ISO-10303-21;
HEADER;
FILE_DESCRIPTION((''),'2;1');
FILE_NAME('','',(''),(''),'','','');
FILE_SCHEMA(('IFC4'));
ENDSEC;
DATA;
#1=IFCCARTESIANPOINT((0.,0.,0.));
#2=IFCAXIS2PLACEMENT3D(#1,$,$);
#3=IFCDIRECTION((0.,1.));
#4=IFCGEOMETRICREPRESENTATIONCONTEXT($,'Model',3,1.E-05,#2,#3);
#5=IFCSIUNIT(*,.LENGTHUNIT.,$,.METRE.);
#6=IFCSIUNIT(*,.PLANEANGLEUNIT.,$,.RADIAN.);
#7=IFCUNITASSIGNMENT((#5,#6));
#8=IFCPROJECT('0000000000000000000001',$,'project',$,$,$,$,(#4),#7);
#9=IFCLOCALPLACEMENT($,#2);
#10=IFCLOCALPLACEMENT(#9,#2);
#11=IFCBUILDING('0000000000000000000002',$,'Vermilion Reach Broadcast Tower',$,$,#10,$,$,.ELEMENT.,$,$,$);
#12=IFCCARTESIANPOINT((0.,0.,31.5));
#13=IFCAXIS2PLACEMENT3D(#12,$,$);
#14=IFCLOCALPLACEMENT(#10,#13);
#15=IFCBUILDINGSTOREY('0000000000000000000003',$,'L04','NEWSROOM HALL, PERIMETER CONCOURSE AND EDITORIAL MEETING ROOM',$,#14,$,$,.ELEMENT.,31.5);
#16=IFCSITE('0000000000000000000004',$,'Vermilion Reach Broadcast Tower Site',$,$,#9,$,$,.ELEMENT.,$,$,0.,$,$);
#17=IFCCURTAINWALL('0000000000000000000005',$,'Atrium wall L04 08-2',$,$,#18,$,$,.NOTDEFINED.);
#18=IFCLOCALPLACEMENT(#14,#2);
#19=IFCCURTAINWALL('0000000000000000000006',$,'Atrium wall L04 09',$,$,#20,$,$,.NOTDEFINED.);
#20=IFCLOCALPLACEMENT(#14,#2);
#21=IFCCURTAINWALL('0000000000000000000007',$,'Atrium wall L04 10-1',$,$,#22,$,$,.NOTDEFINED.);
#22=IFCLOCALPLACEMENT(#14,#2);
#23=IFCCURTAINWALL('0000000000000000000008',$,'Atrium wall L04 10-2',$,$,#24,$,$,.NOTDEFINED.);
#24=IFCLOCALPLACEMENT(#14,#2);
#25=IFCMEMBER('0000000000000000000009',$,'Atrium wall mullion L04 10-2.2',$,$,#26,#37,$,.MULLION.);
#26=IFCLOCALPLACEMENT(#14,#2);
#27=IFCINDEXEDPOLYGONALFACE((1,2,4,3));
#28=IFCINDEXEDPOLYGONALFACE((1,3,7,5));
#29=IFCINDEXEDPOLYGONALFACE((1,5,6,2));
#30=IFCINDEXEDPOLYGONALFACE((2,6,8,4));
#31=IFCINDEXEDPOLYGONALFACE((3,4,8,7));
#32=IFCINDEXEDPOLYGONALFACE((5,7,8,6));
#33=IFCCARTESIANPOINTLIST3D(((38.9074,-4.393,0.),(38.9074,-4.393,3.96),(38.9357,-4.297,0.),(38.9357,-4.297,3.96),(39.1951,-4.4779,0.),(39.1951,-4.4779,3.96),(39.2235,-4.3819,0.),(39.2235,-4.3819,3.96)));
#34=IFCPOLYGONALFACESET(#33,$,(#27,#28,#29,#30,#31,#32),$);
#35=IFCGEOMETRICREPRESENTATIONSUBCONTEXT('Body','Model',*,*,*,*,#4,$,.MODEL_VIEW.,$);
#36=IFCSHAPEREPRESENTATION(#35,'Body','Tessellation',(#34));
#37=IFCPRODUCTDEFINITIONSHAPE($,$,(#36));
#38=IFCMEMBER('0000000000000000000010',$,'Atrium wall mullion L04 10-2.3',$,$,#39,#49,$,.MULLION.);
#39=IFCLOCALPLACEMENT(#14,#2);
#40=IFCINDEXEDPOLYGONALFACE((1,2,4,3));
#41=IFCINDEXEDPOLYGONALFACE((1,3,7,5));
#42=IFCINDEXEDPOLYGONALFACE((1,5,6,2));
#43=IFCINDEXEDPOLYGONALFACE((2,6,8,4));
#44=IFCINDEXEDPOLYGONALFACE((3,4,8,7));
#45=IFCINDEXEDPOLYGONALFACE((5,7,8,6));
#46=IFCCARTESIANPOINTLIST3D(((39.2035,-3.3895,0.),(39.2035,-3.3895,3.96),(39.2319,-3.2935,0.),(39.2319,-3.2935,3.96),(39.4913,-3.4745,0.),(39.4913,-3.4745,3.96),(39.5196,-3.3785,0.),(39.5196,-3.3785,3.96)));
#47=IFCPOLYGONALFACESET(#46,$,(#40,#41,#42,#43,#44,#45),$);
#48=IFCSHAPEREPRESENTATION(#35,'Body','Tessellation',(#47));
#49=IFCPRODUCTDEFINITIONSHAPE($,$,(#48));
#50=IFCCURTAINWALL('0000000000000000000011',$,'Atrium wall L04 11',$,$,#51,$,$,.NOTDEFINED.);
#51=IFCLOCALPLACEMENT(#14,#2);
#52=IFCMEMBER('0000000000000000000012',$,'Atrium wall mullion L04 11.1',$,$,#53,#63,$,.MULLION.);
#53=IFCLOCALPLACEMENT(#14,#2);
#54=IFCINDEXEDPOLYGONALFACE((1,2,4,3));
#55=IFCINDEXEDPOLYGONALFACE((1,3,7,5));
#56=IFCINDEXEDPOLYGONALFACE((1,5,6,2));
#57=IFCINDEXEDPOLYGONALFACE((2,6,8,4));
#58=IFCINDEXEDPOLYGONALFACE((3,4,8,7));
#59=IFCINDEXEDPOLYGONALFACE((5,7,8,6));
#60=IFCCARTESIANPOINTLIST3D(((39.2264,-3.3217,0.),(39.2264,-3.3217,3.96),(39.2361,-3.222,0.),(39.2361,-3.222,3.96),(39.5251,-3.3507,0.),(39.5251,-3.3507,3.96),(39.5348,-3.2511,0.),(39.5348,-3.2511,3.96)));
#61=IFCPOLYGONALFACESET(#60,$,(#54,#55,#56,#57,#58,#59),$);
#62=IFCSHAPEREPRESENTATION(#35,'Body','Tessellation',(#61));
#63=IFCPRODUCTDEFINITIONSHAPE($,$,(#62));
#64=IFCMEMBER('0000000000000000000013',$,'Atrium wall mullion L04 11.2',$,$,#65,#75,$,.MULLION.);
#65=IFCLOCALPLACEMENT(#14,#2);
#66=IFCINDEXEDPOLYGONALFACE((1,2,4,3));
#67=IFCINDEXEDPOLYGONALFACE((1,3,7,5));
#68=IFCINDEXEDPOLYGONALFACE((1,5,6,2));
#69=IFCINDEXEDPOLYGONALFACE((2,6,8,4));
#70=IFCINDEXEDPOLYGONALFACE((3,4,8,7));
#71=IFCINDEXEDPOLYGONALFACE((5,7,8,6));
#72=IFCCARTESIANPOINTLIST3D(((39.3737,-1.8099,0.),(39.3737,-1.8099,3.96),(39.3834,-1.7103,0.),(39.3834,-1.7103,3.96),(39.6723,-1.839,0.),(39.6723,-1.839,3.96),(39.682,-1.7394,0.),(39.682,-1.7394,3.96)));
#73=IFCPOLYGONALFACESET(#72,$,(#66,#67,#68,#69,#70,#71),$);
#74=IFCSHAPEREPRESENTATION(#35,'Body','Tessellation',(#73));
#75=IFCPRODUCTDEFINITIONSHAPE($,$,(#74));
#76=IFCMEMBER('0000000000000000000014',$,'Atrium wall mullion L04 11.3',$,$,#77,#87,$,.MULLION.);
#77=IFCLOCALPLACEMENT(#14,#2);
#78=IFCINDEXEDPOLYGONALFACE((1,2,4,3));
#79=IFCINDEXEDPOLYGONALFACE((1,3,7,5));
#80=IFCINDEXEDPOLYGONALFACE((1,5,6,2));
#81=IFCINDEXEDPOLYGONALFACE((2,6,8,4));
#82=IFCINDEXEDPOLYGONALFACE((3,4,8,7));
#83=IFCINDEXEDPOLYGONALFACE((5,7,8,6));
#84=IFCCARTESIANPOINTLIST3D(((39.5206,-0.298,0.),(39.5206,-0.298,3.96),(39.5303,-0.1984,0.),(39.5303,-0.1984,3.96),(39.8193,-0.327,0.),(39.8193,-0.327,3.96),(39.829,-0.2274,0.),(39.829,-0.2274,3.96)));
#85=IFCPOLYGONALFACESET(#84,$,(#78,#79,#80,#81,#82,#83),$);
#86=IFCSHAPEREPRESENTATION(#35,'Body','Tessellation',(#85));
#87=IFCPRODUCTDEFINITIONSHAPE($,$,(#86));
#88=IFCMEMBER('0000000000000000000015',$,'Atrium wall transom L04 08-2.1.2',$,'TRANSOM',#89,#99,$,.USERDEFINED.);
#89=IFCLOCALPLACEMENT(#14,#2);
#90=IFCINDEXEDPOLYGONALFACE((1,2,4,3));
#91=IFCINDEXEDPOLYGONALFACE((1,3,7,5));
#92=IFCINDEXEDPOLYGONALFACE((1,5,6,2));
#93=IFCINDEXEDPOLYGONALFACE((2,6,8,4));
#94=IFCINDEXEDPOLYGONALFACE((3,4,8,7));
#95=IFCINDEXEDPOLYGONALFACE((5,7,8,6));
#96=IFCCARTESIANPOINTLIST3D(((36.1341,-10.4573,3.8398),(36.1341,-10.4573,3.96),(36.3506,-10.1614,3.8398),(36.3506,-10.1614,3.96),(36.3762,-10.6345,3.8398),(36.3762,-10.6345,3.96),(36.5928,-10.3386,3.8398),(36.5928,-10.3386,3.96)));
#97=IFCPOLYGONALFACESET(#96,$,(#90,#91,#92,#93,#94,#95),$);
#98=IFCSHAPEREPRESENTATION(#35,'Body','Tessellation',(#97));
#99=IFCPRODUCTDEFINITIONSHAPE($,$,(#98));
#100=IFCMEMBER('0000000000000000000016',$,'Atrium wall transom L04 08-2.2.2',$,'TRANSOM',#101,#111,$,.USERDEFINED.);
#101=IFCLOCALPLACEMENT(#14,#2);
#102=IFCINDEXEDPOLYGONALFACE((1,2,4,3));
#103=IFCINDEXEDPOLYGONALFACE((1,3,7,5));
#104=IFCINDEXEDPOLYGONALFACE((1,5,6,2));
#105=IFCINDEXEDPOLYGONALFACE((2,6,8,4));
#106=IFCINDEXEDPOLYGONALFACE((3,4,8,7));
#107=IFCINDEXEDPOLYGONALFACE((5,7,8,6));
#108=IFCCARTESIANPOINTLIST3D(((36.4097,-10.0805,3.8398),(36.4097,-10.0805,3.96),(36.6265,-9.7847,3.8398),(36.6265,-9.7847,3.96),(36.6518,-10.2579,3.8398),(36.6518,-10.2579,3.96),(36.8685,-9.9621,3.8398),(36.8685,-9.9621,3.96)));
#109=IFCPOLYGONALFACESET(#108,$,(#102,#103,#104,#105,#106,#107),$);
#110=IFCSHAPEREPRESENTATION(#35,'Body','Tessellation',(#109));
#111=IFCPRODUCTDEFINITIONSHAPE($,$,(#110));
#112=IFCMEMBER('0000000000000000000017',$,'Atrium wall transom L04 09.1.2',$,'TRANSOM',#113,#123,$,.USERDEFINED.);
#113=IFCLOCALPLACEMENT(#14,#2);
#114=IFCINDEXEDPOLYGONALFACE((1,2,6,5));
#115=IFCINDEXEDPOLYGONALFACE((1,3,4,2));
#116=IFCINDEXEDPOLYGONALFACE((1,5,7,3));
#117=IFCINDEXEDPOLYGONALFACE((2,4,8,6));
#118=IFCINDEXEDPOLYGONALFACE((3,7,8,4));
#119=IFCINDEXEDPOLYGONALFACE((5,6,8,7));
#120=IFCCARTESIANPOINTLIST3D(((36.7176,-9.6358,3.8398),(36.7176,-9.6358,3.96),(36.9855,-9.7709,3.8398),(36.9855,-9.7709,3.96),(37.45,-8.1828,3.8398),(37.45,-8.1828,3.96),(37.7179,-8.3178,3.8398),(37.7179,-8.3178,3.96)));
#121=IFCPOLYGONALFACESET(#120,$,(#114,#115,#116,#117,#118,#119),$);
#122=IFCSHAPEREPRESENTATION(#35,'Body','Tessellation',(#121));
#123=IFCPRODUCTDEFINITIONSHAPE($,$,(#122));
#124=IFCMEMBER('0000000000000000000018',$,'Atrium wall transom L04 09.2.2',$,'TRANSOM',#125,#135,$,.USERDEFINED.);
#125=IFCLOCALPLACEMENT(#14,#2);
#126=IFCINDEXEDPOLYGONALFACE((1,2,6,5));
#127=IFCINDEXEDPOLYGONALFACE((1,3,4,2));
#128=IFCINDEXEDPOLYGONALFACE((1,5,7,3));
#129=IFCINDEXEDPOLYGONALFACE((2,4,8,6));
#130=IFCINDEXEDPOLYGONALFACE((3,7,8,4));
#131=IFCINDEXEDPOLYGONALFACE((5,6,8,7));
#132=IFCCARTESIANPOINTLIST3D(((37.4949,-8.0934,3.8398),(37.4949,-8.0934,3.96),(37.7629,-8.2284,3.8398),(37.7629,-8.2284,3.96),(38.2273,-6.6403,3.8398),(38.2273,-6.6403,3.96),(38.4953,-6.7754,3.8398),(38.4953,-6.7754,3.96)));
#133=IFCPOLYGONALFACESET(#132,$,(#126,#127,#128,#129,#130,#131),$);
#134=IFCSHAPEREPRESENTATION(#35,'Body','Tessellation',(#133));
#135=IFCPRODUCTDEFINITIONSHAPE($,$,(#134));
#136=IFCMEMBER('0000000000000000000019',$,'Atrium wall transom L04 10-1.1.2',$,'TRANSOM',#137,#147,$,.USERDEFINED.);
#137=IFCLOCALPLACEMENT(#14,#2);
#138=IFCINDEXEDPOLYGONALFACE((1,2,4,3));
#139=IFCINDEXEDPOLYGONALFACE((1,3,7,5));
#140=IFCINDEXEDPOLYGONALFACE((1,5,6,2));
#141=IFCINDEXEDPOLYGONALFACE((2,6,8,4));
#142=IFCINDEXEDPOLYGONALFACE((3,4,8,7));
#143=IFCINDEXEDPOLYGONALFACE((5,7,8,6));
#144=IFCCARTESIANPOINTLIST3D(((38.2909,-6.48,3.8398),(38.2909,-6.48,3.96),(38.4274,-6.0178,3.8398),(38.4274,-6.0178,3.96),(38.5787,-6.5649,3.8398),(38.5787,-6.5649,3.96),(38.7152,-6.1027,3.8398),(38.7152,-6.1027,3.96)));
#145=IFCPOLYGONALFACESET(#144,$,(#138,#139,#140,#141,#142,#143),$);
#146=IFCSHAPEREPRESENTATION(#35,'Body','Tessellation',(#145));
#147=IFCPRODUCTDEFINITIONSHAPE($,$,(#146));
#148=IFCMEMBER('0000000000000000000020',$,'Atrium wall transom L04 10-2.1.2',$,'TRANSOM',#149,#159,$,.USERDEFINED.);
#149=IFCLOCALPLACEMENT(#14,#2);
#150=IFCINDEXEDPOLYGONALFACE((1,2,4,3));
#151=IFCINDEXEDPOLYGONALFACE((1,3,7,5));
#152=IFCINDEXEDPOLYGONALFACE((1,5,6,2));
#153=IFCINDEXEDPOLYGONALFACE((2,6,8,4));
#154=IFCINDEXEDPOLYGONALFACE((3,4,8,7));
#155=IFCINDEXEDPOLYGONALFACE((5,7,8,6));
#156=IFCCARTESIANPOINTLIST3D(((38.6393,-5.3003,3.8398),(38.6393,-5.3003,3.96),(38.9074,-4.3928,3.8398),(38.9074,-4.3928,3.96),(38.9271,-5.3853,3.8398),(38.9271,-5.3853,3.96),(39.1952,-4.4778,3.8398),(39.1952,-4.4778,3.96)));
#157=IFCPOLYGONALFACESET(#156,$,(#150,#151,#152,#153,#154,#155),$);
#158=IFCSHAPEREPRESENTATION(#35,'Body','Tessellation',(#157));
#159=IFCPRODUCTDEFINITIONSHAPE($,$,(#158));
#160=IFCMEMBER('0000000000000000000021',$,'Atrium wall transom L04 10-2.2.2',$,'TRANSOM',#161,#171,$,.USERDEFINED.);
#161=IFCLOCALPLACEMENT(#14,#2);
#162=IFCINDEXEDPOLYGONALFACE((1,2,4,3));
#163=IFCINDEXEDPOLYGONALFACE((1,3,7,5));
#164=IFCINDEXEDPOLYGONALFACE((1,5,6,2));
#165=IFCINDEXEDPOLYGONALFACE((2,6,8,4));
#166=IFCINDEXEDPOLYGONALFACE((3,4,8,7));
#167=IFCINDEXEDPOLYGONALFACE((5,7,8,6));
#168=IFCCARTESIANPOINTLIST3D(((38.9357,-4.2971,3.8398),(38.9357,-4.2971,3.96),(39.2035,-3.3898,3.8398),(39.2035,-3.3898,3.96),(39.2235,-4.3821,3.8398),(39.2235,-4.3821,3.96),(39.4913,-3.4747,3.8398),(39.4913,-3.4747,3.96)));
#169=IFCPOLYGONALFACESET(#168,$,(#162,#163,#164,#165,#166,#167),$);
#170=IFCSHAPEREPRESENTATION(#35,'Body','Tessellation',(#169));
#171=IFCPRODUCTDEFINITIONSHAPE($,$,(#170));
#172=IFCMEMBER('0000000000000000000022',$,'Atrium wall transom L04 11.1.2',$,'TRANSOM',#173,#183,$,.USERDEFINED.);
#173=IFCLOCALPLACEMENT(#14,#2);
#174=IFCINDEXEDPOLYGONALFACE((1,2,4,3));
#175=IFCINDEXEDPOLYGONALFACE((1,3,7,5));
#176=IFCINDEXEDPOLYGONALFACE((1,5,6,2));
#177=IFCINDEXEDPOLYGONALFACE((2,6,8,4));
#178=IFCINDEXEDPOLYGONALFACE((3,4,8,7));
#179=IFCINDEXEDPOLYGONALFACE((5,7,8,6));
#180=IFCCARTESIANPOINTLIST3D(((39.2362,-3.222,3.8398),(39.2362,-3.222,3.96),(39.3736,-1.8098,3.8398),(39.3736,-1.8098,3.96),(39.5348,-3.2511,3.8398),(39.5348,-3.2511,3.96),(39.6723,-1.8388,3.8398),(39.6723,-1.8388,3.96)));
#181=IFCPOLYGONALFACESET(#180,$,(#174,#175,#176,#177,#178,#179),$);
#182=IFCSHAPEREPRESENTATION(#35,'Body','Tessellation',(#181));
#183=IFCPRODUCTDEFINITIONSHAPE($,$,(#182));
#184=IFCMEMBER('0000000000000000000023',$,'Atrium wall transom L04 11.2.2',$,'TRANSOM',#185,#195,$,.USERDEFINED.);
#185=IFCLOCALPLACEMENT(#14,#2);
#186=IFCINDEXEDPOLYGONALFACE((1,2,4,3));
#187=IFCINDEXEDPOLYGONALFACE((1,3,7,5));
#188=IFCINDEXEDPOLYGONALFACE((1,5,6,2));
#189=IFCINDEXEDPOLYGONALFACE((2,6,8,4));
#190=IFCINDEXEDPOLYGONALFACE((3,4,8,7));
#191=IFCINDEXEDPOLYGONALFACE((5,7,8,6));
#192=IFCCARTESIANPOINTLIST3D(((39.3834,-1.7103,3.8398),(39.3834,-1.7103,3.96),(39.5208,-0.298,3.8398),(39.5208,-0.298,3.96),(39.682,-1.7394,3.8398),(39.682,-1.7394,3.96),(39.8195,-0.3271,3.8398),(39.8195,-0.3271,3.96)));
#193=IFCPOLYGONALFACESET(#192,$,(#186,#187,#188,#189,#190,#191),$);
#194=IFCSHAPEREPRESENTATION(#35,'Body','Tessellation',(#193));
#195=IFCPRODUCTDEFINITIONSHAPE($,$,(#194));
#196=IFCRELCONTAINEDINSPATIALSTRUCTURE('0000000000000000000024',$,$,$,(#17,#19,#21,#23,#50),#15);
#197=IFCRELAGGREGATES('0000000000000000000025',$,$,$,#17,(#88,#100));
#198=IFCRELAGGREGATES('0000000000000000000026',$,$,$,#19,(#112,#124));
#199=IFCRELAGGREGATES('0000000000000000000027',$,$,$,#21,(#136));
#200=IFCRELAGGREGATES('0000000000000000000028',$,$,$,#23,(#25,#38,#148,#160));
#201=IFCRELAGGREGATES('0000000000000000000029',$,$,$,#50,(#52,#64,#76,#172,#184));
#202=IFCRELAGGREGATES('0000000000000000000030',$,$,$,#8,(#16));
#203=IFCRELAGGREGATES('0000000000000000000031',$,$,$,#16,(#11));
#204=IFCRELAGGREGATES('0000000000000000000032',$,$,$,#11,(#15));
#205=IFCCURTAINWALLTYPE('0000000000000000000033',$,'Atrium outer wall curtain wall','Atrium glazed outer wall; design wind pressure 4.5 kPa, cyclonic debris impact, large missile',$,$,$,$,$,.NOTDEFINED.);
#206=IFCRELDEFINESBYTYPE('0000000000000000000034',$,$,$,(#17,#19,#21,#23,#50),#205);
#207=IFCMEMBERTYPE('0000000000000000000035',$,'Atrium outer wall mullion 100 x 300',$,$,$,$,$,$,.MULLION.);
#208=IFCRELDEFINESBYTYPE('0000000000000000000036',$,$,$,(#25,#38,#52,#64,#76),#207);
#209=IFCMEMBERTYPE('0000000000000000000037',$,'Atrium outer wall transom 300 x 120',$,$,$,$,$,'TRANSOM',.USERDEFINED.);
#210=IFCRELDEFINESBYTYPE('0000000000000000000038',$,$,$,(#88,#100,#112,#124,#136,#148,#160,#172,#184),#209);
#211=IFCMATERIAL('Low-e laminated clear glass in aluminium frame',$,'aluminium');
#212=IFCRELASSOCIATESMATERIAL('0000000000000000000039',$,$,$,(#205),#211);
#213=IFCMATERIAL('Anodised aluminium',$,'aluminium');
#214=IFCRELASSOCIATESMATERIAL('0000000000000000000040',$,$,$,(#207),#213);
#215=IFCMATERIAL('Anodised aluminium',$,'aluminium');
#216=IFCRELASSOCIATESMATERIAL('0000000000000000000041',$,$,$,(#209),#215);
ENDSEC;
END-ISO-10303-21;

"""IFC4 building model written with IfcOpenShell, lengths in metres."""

from ifc_helpers import new_model, si_unit, direction, frame, origin, origin_2d, place, context, subcontext, project, spatial, rectangle, extrude, material, material_profile, profile_set, type_object, element, aggregate, save


model = new_model("IFC4")

# Units and contexts
model_context = context("Model", 3, precision=1e-05, world=origin(), true_north=direction((0.0, 1.0)))
body_context = subcontext(model_context, "Body", "Model", "MODEL_VIEW")
ifc_project = project(units=[si_unit("LENGTHUNIT", "METRE"), si_unit("PLANEANGLEUNIT", "RADIAN")], contexts=[model_context])

# Site, building, storey
site_placement = place(None, origin())
site = spatial("IfcSite", under=ifc_project, at=site_placement, Name="Vermilion Reach Broadcast Tower Site", CompositionType="ELEMENT", RefElevation=0.0)
building_placement = place(site_placement, origin())
building = spatial("IfcBuilding", under=site, at=building_placement, Name="Vermilion Reach Broadcast Tower", CompositionType="ELEMENT")
storey_placement = place(building_placement, frame((0.0, 0.0, 31.5)))
storey = spatial("IfcBuildingStorey", under=building, at=storey_placement, Name="L04", Description="NEWSROOM HALL, PERIMETER CONCOURSE AND EDITORIAL MEETING ROOM", CompositionType="ELEMENT", Elevation=31.5)

# Shared definitions
ifc_material_1 = material(Name="Low-e laminated clear glass in aluminium frame", Category="aluminium")
curtain_wall_type = type_object("IfcCurtainWallType", Name="Atrium outer wall curtain wall", Description="Atrium glazed outer wall; design wind pressure 4.5 kPa, cyclonic debris impact, large missile", PredefinedType="NOTDEFINED", material=ifc_material_1)
placement = place(storey_placement, origin())
ifc_material_2 = material(Name="Anodised aluminium", Category="aluminium")
ifc_material_profile_1 = material_profile(ifc_material_2, rectangle(XDim=0.3, YDim=0.1001, at=origin_2d()), Name="Atrium outer wall mullion 100 x 300")
ifc_profile_set_1 = profile_set([ifc_material_profile_1], Name="Anodised aluminium")
member_type_1 = type_object("IfcMemberType", Name="Atrium outer wall mullion 100 x 300", PredefinedType="MULLION", material=ifc_profile_set_1)

# Curtain walls, members
curtain_wall_1 = element("IfcCurtainWall", 1, at=placement, inside=storey, type_object=curtain_wall_type, Name="Atrium wall L04 08-2", PredefinedType="NOTDEFINED")
curtain_wall_2 = element("IfcCurtainWall", 2, at=placement, inside=storey, type_object=curtain_wall_type, Name="Atrium wall L04 09", PredefinedType="NOTDEFINED")
curtain_wall_3 = element("IfcCurtainWall", 3, at=placement, inside=storey, type_object=curtain_wall_type, Name="Atrium wall L04 10-1", PredefinedType="NOTDEFINED")
curtain_wall_4 = element("IfcCurtainWall", 4, at=placement, inside=storey, type_object=curtain_wall_type, Name="Atrium wall L04 10-2", PredefinedType="NOTDEFINED")
member_1_placement = place(storey_placement, frame((39.0654, -4.3875, 0.0), z_axis=(0.0, 0.0, 1.0), x_axis=(-0.959048, 0.283245, 0.0)))
member_1 = element("IfcMember", 5, at=member_1_placement, type_object=member_type_1, Name="Atrium wall mullion L04 10-2.2", PredefinedType="MULLION", context=body_context, shape_type="SweptSolid", body=[
    extrude(rectangle(XDim=0.3, YDim=0.1001, at=origin_2d()), origin(), (0.0, 0.0, 1.0), 3.96),
])
member_2_placement = place(storey_placement, frame((39.3616, -3.384, 0.0), z_axis=(0.0, 0.0, 1.0), x_axis=(-0.959048, 0.283245, 0.0)))
member_2 = element("IfcMember", 6, at=member_2_placement, type_object=member_type_1, Name="Atrium wall mullion L04 10-2.3", PredefinedType="MULLION", context=body_context, shape_type="SweptSolid", body=[
    extrude(rectangle(XDim=0.3, YDim=0.1001, at=origin_2d()), origin(), (0.0, 0.0, 1.0), 3.96),
])
curtain_wall_5 = element("IfcCurtainWall", 7, at=placement, inside=storey, type_object=curtain_wall_type, Name="Atrium wall L04 11", PredefinedType="NOTDEFINED")
member_3_placement = place(storey_placement, frame((39.3806, -3.2864, 0.0), z_axis=(0.0, 0.0, 1.0), x_axis=(-0.995298, 0.096861, 0.0)))
member_3 = element("IfcMember", 8, at=member_3_placement, type_object=member_type_1, Name="Atrium wall mullion L04 11.1", PredefinedType="MULLION", context=body_context, shape_type="SweptSolid", body=[
    extrude(rectangle(XDim=0.3, YDim=0.1001, at=origin_2d()), origin(), (0.0, 0.0, 1.0), 3.96),
])
member_4_placement = place(storey_placement, frame((39.5278, -1.7747, 0.0), z_axis=(0.0, 0.0, 1.0), x_axis=(-0.995298, 0.096861, 0.0)))
member_4 = element("IfcMember", 9, at=member_4_placement, type_object=member_type_1, Name="Atrium wall mullion L04 11.2", PredefinedType="MULLION", context=body_context, shape_type="SweptSolid", body=[
    extrude(rectangle(XDim=0.3, YDim=0.1001, at=origin_2d()), origin(), (0.0, 0.0, 1.0), 3.96),
])
member_5_placement = place(storey_placement, frame((39.6748, -0.2627, 0.0), z_axis=(0.0, 0.0, 1.0), x_axis=(-0.995298, 0.096861, 0.0)))
member_5 = element("IfcMember", 10, at=member_5_placement, type_object=member_type_1, Name="Atrium wall mullion L04 11.3", PredefinedType="MULLION", context=body_context, shape_type="SweptSolid", body=[
    extrude(rectangle(XDim=0.3, YDim=0.1001, at=origin_2d()), origin(), (0.0, 0.0, 1.0), 3.96),
])

# Members
ifc_material_3 = material(Name="Anodised aluminium", Category="aluminium")
ifc_material_profile_2 = material_profile(ifc_material_3, rectangle(XDim=0.3, YDim=0.1201, at=origin_2d()), Name="Atrium outer wall transom 300 x 120")
ifc_profile_set_2 = profile_set([ifc_material_profile_2], Name="Anodised aluminium")
member_type_2 = type_object("IfcMemberType", Name="Atrium outer wall transom 300 x 120", ElementType="TRANSOM", PredefinedType="USERDEFINED", material=ifc_profile_set_2)
member_6_placement = place(storey_placement, frame((36.2551, -10.5459, 3.8999), z_axis=(0.590584, 0.806976, 0.0), x_axis=(-0.806976, 0.590584, 0.0)))
member_6 = element("IfcMember", 11, at=member_6_placement, type_object=member_type_2, Name="Atrium wall transom L04 08-2.1.2", ObjectType="TRANSOM", PredefinedType="USERDEFINED", context=body_context, shape_type="SweptSolid", body=[
    extrude(rectangle(XDim=0.3, YDim=0.1201, at=origin_2d()), origin(), (0.0, 0.0, 1.0), 0.3667),
])
member_7_placement = place(storey_placement, frame((36.5308, -10.1692, 3.8999), z_axis=(0.591017, 0.806659, 0.0), x_axis=(-0.806659, 0.591017, 0.0)))
member_7 = element("IfcMember", 12, at=member_7_placement, type_object=member_type_2, Name="Atrium wall transom L04 08-2.2.2", ObjectType="TRANSOM", PredefinedType="USERDEFINED", context=body_context, shape_type="SweptSolid", body=[
    extrude(rectangle(XDim=0.3, YDim=0.1201, at=origin_2d()), origin(), (0.0, 0.0, 1.0), 0.3667),
])
member_8_placement = place(storey_placement, frame((36.8516, -9.7034, 3.8999), z_axis=(0.450092, 0.892982, 0.0), x_axis=(-0.892982, 0.450092, 0.0)))
member_8 = element("IfcMember", 13, at=member_8_placement, type_object=member_type_2, Name="Atrium wall transom L04 09.1.2", ObjectType="TRANSOM", PredefinedType="USERDEFINED", context=body_context, shape_type="SweptSolid", body=[
    extrude(rectangle(XDim=0.3, YDim=0.1201, at=origin_2d()), origin(), (0.0, 0.0, 1.0), 1.6272),
])
member_9_placement = place(storey_placement, frame((37.6289, -8.1609, 3.8999), z_axis=(0.450092, 0.892982, 0.0), x_axis=(-0.892982, 0.450092, 0.0)))
member_9 = element("IfcMember", 14, at=member_9_placement, type_object=member_type_2, Name="Atrium wall transom L04 09.2.2", ObjectType="TRANSOM", PredefinedType="USERDEFINED", context=body_context, shape_type="SweptSolid", body=[
    extrude(rectangle(XDim=0.3, YDim=0.1201, at=origin_2d()), origin(), (0.0, 0.0, 1.0), 1.6272),
])
member_10_placement = place(storey_placement, frame((38.4348, -6.5225, 3.8999), z_axis=(0.283208, 0.959058, 0.0), x_axis=(-0.959058, 0.283208, 0.0)))
member_10 = element("IfcMember", 15, at=member_10_placement, type_object=member_type_2, Name="Atrium wall transom L04 10-1.1.2", ObjectType="TRANSOM", PredefinedType="USERDEFINED", context=body_context, shape_type="SweptSolid", body=[
    extrude(rectangle(XDim=0.3, YDim=0.1201, at=origin_2d()), origin(), (0.0, 0.0, 1.0), 0.4819),
])
member_11_placement = place(storey_placement, frame((38.7832, -5.3428, 3.8999), z_axis=(0.283298, 0.959032, 0.0), x_axis=(-0.959032, 0.283298, 0.0)))
member_11 = element("IfcMember", 16, at=member_11_placement, type_object=member_type_2, Name="Atrium wall transom L04 10-2.1.2", ObjectType="TRANSOM", PredefinedType="USERDEFINED", context=body_context, shape_type="SweptSolid", body=[
    extrude(rectangle(XDim=0.3, YDim=0.1201, at=origin_2d()), origin(), (0.0, 0.0, 1.0), 0.9463),
])
member_12_placement = place(storey_placement, frame((39.0796, -4.3396, 3.8999), z_axis=(0.28306, 0.959102, 0.0), x_axis=(-0.959102, 0.28306, 0.0)))
member_12 = element("IfcMember", 17, at=member_12_placement, type_object=member_type_2, Name="Atrium wall transom L04 10-2.2.2", ObjectType="TRANSOM", PredefinedType="USERDEFINED", context=body_context, shape_type="SweptSolid", body=[
    extrude(rectangle(XDim=0.3, YDim=0.1201, at=origin_2d()), origin(), (0.0, 0.0, 1.0), 0.946),
])
member_13_placement = place(storey_placement, frame((39.3855, -3.2366, 3.8999), z_axis=(0.096863, 0.995298, 0.0), x_axis=(-0.995298, 0.096863, 0.0)))
member_13 = element("IfcMember", 18, at=member_13_placement, type_object=member_type_2, Name="Atrium wall transom L04 11.1.2", ObjectType="TRANSOM", PredefinedType="USERDEFINED", context=body_context, shape_type="SweptSolid", body=[
    extrude(rectangle(XDim=0.3, YDim=0.1201, at=origin_2d()), origin(), (0.0, 0.0, 1.0), 1.4189),
])
member_14_placement = place(storey_placement, frame((39.5327, -1.7249, 3.8999), z_axis=(0.096863, 0.995298, 0.0), x_axis=(-0.995298, 0.096863, 0.0)))
member_14 = element("IfcMember", 19, at=member_14_placement, type_object=member_type_2, Name="Atrium wall transom L04 11.2.2", ObjectType="TRANSOM", PredefinedType="USERDEFINED", context=body_context, shape_type="SweptSolid", body=[
    extrude(rectangle(XDim=0.3, YDim=0.1201, at=origin_2d()), origin(), (0.0, 0.0, 1.0), 1.4189),
])

aggregate(curtain_wall_1, [member_6, member_7])
aggregate(curtain_wall_2, [member_8, member_9])
aggregate(curtain_wall_3, [member_10])
aggregate(curtain_wall_4, [member_1, member_2, member_11, member_12])
aggregate(curtain_wall_5, [member_3, member_4, member_5, member_13, member_14])

save(model, "model.ifc")
